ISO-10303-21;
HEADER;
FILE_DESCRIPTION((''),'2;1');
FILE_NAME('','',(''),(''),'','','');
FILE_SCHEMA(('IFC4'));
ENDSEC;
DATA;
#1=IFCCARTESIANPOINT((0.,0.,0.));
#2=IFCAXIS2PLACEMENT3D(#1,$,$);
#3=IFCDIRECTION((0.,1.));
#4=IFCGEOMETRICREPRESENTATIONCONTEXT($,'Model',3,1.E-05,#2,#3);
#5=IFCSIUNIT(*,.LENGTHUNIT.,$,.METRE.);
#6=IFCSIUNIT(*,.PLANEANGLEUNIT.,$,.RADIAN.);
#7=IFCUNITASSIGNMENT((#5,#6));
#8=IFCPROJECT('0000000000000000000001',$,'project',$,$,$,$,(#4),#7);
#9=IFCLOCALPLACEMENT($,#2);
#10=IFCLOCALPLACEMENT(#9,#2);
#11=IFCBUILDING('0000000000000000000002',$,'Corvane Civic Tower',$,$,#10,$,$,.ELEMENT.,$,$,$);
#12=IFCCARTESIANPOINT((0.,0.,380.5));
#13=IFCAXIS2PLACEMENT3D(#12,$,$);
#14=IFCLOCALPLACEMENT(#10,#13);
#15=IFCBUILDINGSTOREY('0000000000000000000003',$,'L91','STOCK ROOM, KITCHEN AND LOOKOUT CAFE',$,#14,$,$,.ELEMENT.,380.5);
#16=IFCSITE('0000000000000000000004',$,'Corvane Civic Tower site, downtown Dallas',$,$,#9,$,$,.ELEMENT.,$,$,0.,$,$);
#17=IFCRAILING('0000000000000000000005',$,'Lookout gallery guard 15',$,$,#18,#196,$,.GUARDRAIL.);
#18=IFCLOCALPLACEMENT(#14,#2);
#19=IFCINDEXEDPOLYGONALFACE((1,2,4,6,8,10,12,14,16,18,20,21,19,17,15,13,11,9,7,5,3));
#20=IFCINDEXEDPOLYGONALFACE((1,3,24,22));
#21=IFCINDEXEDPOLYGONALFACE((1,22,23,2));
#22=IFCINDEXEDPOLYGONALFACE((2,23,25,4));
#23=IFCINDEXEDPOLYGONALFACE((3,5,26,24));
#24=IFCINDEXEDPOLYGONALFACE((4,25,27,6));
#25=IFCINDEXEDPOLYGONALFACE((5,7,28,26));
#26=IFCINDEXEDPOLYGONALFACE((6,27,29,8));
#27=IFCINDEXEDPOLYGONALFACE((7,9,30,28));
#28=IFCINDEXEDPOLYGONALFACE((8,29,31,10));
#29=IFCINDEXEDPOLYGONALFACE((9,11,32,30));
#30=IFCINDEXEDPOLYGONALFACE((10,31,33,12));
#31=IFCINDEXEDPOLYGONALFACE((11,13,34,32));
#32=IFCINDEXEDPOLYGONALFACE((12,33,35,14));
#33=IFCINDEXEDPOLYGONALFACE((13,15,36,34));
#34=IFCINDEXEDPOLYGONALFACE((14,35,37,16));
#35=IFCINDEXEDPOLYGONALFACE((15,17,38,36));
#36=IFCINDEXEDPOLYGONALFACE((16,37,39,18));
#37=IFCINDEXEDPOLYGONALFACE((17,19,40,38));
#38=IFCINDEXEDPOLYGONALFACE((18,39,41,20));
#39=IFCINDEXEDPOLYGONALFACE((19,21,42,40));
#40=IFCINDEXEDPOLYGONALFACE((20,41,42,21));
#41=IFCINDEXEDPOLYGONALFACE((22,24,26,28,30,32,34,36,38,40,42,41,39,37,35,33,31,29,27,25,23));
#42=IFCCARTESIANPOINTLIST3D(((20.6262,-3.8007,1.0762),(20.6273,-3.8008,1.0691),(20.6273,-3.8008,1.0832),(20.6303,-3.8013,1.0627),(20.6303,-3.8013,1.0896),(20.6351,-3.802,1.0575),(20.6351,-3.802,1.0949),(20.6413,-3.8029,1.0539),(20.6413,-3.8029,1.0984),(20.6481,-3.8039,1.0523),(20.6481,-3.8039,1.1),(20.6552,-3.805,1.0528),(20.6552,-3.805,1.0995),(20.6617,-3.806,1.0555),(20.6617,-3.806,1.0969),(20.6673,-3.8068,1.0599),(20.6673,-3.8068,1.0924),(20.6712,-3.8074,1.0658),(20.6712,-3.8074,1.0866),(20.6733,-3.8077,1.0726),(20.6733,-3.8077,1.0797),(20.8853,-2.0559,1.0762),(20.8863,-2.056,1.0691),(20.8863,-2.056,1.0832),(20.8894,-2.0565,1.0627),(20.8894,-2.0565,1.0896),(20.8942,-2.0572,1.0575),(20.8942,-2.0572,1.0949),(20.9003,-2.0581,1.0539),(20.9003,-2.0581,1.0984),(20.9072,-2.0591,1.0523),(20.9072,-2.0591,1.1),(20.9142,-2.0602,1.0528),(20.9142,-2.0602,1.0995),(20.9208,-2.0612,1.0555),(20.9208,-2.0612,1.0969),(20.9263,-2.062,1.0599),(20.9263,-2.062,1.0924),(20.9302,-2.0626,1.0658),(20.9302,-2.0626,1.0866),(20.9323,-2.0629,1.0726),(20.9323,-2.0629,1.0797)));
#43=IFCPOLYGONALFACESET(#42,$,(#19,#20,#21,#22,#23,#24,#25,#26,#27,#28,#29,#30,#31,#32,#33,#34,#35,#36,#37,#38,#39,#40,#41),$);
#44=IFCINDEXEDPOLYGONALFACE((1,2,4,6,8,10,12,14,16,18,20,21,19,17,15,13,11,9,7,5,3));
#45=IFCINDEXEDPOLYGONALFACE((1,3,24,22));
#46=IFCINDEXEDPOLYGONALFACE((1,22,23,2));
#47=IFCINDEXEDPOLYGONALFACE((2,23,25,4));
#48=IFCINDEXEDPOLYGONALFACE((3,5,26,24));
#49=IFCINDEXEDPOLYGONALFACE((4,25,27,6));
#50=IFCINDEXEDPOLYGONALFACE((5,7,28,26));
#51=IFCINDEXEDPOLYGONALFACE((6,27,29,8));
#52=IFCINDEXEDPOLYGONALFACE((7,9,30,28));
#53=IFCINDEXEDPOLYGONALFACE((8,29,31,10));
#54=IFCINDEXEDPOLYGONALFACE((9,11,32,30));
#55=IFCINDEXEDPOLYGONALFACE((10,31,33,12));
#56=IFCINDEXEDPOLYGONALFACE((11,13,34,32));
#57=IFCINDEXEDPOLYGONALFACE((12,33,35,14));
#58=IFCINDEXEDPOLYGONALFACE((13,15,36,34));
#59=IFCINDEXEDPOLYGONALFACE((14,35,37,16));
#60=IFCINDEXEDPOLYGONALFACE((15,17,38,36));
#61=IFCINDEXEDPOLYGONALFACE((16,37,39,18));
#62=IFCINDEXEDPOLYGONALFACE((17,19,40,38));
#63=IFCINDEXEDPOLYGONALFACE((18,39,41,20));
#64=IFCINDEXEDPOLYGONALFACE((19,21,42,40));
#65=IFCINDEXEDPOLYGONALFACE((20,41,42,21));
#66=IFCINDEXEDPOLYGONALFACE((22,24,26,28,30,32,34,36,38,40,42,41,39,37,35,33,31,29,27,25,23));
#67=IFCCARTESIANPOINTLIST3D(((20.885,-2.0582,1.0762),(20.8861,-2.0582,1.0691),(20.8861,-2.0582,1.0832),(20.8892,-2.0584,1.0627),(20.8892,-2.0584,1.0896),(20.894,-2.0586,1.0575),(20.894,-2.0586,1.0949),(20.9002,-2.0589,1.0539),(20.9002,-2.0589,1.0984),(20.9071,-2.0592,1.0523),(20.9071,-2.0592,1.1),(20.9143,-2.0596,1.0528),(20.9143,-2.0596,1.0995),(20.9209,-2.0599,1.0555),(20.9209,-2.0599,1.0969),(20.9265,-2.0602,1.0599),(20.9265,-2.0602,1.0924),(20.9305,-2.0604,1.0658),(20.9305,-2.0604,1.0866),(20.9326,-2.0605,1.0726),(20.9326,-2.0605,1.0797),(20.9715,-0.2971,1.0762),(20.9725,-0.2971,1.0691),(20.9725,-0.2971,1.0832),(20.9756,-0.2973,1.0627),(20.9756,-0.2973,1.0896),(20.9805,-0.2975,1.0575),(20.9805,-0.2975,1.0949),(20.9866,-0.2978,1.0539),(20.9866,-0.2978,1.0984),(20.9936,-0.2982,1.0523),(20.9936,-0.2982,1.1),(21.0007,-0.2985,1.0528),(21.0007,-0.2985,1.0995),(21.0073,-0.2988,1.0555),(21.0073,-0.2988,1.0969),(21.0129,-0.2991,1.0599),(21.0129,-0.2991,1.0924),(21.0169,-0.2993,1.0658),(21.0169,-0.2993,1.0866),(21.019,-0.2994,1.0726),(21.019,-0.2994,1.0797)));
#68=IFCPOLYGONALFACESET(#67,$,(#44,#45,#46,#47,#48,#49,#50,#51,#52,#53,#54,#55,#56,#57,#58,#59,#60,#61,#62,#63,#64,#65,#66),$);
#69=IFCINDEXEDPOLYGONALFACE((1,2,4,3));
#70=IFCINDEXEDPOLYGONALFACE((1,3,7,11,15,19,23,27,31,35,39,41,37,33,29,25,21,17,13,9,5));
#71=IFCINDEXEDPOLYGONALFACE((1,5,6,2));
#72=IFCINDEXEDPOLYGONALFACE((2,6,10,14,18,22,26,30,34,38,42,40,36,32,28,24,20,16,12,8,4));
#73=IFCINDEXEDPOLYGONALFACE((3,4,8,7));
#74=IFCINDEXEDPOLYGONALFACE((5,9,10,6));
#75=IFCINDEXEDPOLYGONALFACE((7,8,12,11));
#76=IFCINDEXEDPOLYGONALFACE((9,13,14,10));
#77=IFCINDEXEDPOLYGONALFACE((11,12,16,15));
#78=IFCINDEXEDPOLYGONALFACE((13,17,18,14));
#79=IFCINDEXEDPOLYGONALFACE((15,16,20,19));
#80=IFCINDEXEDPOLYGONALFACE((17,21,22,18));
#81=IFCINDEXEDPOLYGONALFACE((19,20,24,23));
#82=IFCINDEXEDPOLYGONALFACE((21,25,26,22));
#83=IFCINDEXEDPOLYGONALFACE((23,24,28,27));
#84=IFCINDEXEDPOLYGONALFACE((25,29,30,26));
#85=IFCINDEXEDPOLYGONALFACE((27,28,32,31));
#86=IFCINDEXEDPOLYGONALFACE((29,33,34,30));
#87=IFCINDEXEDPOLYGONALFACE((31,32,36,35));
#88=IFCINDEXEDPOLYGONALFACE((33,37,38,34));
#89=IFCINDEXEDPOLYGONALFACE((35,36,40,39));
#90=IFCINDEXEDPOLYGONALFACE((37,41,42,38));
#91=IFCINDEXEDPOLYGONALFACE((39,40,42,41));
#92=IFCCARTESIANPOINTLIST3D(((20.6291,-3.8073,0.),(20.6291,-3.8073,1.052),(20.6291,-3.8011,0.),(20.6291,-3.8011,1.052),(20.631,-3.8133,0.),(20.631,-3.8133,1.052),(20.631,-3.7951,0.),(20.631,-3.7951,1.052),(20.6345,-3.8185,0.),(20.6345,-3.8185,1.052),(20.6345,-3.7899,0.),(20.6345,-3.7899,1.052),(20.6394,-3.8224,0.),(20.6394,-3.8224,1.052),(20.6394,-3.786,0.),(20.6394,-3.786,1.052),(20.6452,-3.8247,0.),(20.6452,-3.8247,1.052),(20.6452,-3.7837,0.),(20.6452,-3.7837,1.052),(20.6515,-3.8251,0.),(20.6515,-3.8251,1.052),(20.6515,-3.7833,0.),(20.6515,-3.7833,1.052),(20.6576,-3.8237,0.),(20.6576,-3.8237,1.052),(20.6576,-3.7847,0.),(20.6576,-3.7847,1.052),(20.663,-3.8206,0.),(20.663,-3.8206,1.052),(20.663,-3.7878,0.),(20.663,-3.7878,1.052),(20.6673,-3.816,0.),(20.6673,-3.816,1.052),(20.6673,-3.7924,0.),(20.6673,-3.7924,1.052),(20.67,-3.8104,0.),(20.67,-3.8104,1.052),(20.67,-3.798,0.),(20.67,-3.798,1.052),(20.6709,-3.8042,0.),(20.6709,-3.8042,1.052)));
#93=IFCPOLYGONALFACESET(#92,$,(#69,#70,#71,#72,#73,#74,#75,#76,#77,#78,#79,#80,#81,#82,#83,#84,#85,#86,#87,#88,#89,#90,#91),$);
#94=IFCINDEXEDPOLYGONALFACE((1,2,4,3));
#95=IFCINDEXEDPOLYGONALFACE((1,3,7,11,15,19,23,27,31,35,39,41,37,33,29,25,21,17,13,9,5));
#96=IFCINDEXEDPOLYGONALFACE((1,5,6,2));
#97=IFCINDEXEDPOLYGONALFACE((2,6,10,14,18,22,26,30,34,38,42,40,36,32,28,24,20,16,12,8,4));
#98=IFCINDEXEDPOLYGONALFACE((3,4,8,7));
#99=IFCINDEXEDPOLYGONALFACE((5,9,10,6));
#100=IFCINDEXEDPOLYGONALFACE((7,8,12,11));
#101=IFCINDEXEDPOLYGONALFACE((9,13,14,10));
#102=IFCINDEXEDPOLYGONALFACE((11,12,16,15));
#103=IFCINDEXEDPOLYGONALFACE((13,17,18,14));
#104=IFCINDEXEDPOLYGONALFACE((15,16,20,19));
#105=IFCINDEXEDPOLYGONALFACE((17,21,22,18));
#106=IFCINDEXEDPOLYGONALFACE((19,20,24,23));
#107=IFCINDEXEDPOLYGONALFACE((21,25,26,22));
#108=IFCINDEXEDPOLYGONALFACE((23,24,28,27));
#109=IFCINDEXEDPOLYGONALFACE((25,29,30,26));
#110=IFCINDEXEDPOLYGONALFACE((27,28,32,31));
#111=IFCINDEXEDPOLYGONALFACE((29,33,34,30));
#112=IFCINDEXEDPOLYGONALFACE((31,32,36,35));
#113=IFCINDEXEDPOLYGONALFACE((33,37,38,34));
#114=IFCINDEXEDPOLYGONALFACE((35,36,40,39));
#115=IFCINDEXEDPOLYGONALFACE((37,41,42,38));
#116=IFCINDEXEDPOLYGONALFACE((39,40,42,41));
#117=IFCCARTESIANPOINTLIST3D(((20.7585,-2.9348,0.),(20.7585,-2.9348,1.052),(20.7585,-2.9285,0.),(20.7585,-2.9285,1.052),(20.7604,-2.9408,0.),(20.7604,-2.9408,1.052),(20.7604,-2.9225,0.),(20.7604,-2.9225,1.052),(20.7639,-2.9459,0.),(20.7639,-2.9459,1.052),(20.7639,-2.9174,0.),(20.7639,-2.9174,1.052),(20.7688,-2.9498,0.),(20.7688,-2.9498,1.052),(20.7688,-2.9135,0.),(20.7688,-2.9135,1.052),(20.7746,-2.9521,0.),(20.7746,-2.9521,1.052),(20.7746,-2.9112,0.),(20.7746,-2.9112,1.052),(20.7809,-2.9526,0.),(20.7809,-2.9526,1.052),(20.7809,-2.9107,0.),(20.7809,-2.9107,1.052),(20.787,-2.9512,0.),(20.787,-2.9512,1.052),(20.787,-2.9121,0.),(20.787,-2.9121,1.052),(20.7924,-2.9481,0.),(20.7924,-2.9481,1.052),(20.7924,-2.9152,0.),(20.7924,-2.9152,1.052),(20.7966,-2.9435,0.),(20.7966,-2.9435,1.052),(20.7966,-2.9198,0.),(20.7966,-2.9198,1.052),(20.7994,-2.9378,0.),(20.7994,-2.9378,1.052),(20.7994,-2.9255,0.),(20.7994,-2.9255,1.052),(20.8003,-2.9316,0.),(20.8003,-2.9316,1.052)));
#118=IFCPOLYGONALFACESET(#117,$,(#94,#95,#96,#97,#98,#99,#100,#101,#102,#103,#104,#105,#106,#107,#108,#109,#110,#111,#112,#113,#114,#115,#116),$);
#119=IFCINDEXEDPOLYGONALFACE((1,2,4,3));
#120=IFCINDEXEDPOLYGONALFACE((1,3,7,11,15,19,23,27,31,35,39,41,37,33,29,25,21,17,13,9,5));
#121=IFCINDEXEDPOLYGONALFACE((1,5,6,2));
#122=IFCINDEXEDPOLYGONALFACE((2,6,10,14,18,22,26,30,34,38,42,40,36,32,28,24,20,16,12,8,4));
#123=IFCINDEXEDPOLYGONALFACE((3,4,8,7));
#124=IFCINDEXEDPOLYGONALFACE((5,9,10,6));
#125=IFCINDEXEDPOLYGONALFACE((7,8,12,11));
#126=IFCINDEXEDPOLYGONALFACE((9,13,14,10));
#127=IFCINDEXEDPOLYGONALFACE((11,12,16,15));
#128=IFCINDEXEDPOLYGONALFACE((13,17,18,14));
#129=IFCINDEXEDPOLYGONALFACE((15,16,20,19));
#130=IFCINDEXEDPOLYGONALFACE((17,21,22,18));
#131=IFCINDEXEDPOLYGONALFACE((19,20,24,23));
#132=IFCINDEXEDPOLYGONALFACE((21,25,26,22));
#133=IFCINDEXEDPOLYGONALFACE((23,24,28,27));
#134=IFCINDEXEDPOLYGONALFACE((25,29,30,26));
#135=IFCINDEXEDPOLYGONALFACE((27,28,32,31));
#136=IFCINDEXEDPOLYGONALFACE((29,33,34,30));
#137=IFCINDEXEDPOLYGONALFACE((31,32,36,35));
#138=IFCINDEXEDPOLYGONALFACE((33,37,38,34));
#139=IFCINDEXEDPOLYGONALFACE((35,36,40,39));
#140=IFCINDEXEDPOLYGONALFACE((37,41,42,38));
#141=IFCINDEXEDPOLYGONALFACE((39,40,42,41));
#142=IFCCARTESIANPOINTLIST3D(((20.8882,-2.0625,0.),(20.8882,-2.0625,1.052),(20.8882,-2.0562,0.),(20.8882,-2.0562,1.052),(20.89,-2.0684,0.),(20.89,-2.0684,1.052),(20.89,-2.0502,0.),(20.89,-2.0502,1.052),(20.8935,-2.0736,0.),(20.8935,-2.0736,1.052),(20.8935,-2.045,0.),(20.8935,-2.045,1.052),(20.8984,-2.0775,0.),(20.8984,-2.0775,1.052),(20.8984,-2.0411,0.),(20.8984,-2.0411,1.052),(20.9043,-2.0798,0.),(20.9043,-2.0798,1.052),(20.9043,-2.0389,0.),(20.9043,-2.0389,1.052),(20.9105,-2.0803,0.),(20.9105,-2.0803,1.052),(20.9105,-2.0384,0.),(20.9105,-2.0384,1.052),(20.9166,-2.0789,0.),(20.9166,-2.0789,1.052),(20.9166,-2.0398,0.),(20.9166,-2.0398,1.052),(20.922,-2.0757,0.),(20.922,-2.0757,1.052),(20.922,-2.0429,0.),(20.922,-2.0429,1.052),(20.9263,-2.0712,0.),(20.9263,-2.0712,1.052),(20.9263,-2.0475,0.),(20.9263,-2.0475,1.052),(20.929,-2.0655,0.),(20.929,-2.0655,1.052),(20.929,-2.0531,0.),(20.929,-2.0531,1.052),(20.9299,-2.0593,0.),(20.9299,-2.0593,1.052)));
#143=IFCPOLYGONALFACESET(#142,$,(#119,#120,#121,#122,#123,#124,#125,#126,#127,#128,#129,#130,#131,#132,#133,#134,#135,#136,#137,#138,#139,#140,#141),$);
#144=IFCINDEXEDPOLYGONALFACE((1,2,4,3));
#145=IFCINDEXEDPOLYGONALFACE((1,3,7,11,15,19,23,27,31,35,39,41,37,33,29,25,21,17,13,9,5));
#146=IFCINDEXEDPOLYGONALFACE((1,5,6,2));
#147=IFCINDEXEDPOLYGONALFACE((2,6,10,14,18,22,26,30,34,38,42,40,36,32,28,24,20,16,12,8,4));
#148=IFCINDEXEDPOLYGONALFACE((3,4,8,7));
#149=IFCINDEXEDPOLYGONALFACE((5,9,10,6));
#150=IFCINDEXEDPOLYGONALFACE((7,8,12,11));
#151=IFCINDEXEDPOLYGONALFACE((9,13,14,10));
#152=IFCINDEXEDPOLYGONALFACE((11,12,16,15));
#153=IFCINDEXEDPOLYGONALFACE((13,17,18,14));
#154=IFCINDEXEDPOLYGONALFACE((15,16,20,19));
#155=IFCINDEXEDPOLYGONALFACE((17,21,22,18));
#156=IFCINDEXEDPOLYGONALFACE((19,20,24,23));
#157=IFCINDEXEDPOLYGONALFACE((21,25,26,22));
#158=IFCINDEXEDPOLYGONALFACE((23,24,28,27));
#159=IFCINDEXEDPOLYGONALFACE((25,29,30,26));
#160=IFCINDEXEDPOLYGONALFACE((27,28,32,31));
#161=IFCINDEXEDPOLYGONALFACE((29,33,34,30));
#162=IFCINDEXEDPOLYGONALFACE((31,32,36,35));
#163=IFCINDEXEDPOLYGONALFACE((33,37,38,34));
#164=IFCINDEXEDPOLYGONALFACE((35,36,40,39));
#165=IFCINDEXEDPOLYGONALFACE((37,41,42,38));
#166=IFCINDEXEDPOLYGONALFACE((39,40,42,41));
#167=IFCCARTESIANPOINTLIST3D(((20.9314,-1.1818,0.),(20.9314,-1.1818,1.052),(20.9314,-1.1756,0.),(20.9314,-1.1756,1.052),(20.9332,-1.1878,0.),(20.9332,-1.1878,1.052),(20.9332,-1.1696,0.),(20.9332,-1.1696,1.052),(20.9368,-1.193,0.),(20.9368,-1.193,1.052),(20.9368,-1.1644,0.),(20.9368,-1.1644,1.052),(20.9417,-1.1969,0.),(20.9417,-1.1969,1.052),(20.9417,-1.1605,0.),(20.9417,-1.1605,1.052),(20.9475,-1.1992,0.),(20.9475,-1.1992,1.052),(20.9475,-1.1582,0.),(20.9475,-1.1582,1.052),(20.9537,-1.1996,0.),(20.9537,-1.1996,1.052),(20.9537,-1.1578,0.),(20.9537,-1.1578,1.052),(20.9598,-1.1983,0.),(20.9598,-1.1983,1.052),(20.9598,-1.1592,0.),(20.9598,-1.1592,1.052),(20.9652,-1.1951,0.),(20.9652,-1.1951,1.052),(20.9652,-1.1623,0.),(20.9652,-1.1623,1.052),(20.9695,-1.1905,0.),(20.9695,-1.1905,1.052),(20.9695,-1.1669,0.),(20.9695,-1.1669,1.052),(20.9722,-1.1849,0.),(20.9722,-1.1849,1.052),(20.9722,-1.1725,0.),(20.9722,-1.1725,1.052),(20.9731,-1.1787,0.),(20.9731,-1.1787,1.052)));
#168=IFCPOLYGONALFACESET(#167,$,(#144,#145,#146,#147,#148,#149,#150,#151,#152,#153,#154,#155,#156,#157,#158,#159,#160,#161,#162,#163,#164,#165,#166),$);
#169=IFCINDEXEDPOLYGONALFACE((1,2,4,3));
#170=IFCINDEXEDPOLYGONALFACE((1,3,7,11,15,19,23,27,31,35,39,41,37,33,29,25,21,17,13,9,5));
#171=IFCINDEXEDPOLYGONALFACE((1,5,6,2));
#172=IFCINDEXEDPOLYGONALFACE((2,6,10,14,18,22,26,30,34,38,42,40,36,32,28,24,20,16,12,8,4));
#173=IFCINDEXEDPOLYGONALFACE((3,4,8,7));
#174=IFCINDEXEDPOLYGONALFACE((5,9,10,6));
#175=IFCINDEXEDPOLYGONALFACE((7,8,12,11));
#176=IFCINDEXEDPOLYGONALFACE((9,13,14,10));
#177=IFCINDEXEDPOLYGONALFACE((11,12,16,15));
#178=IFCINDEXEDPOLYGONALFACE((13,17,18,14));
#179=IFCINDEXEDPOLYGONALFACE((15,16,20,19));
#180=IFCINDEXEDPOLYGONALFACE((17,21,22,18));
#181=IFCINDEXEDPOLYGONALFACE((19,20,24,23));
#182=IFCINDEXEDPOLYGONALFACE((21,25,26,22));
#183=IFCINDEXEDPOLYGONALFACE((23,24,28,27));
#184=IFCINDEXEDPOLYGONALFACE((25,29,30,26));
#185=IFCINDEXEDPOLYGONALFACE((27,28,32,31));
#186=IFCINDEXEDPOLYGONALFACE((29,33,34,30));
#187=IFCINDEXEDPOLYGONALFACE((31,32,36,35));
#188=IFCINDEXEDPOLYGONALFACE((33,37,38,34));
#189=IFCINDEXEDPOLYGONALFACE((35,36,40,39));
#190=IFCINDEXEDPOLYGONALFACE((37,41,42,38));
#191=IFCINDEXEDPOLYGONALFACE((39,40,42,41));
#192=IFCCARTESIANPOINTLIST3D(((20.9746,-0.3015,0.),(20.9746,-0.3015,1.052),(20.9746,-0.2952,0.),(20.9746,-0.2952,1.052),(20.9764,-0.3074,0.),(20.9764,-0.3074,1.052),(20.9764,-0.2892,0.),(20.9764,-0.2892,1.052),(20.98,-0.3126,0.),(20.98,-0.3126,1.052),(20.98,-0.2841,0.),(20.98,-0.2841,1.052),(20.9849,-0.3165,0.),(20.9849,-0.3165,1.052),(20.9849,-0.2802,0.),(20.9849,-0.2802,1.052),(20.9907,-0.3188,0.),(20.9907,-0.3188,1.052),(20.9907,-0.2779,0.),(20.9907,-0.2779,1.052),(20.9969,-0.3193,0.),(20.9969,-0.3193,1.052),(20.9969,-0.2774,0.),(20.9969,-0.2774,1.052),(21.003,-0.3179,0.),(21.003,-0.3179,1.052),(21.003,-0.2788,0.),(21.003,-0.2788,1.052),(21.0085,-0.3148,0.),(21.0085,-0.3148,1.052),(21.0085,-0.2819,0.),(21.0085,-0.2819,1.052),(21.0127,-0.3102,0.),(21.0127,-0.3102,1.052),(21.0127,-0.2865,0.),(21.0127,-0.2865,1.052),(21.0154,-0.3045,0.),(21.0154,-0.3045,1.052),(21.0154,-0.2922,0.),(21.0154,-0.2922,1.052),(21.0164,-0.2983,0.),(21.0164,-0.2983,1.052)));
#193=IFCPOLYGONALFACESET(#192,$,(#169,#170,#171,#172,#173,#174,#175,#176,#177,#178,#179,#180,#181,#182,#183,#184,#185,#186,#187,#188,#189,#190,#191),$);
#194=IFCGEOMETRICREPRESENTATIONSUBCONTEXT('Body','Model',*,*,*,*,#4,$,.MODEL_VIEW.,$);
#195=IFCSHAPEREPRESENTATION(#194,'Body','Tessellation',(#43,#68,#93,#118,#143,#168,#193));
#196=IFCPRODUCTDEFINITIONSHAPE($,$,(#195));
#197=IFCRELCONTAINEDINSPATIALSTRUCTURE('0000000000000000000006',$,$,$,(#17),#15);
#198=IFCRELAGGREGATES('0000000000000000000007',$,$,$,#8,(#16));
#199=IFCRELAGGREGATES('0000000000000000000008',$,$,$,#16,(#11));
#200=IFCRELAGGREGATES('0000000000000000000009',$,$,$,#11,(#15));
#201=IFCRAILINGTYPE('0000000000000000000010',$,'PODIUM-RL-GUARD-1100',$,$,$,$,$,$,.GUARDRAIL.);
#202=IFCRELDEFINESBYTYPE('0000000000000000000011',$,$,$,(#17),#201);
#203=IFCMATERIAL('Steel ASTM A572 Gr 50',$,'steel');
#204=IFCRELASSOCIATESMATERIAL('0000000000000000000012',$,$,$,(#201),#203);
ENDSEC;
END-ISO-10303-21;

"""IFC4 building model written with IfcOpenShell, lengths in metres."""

from ifc_helpers import new_model, si_unit, direction, frame, origin, origin_2d, place, context, subcontext, project, spatial, circle, extrude, material, type_object, element, save


model = new_model("IFC4")

# Units and contexts
model_context = context("Model", 3, precision=1e-05, world=origin(), true_north=direction((0.0, 1.0)))
body_context = subcontext(model_context, "Body", "Model", "MODEL_VIEW")
ifc_project = project(units=[si_unit("LENGTHUNIT", "METRE"), si_unit("PLANEANGLEUNIT", "RADIAN")], contexts=[model_context])

# Site, building, storey
site_placement = place(None, origin())
site = spatial("IfcSite", under=ifc_project, at=site_placement, Name="Corvane Civic Tower site, downtown Dallas", CompositionType="ELEMENT", RefElevation=0.0)
building_placement = place(site_placement, origin())
building = spatial("IfcBuilding", under=site, at=building_placement, Name="Corvane Civic Tower", CompositionType="ELEMENT")
storey_placement = place(building_placement, frame((0.0, 0.0, 380.5)))
storey = spatial("IfcBuildingStorey", under=building, at=storey_placement, Name="L91", Description="STOCK ROOM, KITCHEN AND LOOKOUT CAFE", CompositionType="ELEMENT", Elevation=380.5)

# Railing
ifc_material_1 = material(Name="Steel ASTM A572 Gr 50", Category="steel")
railing_type = type_object("IfcRailingType", Name="PODIUM-RL-GUARD-1100", PredefinedType="GUARDRAIL", material=ifc_material_1)
railing_placement = place(storey_placement, frame((20.6499, -3.8042, 0.0)))
element("IfcRailing", 1, at=railing_placement, inside=storey, type_object=railing_type, Name="Lookout gallery guard 15", PredefinedType="GUARDRAIL", context=body_context, shape_type="SweptSolid", body=[
    extrude(circle(Radius=0.0239, at=origin_2d()), frame((0.0, 0.0, 1.0762), z_axis=(0.146845, 0.98916, 0.0), x_axis=(-0.98916, 0.146845, 0.0)), (0.0, 0.0, 1.0), 1.7639),
    extrude(circle(Radius=0.0239, at=origin_2d()), frame((0.259, 1.7449, 1.0762), z_axis=(0.049019, 0.998798, 0.0), x_axis=(-0.998798, 0.049019, 0.0)), (0.0, 0.0, 1.0), 1.7632),
    extrude(circle(Radius=0.021, at=origin_2d()), origin(), (0.0, 0.0, 1.0), 1.052),
    extrude(circle(Radius=0.021, at=origin_2d()), frame((0.1294, 0.8726, 0.0)), (0.0, 0.0, 1.0), 1.052),
    extrude(circle(Radius=0.021, at=origin_2d()), frame((0.259, 1.7449, 0.0)), (0.0, 0.0, 1.0), 1.052),
    extrude(circle(Radius=0.021, at=origin_2d()), frame((0.3022, 2.6255, 0.0)), (0.0, 0.0, 1.0), 1.052),
    extrude(circle(Radius=0.021, at=origin_2d()), frame((0.3455, 3.5059, 0.0)), (0.0, 0.0, 1.0), 1.052),
])

save(model, "model.ifc")
